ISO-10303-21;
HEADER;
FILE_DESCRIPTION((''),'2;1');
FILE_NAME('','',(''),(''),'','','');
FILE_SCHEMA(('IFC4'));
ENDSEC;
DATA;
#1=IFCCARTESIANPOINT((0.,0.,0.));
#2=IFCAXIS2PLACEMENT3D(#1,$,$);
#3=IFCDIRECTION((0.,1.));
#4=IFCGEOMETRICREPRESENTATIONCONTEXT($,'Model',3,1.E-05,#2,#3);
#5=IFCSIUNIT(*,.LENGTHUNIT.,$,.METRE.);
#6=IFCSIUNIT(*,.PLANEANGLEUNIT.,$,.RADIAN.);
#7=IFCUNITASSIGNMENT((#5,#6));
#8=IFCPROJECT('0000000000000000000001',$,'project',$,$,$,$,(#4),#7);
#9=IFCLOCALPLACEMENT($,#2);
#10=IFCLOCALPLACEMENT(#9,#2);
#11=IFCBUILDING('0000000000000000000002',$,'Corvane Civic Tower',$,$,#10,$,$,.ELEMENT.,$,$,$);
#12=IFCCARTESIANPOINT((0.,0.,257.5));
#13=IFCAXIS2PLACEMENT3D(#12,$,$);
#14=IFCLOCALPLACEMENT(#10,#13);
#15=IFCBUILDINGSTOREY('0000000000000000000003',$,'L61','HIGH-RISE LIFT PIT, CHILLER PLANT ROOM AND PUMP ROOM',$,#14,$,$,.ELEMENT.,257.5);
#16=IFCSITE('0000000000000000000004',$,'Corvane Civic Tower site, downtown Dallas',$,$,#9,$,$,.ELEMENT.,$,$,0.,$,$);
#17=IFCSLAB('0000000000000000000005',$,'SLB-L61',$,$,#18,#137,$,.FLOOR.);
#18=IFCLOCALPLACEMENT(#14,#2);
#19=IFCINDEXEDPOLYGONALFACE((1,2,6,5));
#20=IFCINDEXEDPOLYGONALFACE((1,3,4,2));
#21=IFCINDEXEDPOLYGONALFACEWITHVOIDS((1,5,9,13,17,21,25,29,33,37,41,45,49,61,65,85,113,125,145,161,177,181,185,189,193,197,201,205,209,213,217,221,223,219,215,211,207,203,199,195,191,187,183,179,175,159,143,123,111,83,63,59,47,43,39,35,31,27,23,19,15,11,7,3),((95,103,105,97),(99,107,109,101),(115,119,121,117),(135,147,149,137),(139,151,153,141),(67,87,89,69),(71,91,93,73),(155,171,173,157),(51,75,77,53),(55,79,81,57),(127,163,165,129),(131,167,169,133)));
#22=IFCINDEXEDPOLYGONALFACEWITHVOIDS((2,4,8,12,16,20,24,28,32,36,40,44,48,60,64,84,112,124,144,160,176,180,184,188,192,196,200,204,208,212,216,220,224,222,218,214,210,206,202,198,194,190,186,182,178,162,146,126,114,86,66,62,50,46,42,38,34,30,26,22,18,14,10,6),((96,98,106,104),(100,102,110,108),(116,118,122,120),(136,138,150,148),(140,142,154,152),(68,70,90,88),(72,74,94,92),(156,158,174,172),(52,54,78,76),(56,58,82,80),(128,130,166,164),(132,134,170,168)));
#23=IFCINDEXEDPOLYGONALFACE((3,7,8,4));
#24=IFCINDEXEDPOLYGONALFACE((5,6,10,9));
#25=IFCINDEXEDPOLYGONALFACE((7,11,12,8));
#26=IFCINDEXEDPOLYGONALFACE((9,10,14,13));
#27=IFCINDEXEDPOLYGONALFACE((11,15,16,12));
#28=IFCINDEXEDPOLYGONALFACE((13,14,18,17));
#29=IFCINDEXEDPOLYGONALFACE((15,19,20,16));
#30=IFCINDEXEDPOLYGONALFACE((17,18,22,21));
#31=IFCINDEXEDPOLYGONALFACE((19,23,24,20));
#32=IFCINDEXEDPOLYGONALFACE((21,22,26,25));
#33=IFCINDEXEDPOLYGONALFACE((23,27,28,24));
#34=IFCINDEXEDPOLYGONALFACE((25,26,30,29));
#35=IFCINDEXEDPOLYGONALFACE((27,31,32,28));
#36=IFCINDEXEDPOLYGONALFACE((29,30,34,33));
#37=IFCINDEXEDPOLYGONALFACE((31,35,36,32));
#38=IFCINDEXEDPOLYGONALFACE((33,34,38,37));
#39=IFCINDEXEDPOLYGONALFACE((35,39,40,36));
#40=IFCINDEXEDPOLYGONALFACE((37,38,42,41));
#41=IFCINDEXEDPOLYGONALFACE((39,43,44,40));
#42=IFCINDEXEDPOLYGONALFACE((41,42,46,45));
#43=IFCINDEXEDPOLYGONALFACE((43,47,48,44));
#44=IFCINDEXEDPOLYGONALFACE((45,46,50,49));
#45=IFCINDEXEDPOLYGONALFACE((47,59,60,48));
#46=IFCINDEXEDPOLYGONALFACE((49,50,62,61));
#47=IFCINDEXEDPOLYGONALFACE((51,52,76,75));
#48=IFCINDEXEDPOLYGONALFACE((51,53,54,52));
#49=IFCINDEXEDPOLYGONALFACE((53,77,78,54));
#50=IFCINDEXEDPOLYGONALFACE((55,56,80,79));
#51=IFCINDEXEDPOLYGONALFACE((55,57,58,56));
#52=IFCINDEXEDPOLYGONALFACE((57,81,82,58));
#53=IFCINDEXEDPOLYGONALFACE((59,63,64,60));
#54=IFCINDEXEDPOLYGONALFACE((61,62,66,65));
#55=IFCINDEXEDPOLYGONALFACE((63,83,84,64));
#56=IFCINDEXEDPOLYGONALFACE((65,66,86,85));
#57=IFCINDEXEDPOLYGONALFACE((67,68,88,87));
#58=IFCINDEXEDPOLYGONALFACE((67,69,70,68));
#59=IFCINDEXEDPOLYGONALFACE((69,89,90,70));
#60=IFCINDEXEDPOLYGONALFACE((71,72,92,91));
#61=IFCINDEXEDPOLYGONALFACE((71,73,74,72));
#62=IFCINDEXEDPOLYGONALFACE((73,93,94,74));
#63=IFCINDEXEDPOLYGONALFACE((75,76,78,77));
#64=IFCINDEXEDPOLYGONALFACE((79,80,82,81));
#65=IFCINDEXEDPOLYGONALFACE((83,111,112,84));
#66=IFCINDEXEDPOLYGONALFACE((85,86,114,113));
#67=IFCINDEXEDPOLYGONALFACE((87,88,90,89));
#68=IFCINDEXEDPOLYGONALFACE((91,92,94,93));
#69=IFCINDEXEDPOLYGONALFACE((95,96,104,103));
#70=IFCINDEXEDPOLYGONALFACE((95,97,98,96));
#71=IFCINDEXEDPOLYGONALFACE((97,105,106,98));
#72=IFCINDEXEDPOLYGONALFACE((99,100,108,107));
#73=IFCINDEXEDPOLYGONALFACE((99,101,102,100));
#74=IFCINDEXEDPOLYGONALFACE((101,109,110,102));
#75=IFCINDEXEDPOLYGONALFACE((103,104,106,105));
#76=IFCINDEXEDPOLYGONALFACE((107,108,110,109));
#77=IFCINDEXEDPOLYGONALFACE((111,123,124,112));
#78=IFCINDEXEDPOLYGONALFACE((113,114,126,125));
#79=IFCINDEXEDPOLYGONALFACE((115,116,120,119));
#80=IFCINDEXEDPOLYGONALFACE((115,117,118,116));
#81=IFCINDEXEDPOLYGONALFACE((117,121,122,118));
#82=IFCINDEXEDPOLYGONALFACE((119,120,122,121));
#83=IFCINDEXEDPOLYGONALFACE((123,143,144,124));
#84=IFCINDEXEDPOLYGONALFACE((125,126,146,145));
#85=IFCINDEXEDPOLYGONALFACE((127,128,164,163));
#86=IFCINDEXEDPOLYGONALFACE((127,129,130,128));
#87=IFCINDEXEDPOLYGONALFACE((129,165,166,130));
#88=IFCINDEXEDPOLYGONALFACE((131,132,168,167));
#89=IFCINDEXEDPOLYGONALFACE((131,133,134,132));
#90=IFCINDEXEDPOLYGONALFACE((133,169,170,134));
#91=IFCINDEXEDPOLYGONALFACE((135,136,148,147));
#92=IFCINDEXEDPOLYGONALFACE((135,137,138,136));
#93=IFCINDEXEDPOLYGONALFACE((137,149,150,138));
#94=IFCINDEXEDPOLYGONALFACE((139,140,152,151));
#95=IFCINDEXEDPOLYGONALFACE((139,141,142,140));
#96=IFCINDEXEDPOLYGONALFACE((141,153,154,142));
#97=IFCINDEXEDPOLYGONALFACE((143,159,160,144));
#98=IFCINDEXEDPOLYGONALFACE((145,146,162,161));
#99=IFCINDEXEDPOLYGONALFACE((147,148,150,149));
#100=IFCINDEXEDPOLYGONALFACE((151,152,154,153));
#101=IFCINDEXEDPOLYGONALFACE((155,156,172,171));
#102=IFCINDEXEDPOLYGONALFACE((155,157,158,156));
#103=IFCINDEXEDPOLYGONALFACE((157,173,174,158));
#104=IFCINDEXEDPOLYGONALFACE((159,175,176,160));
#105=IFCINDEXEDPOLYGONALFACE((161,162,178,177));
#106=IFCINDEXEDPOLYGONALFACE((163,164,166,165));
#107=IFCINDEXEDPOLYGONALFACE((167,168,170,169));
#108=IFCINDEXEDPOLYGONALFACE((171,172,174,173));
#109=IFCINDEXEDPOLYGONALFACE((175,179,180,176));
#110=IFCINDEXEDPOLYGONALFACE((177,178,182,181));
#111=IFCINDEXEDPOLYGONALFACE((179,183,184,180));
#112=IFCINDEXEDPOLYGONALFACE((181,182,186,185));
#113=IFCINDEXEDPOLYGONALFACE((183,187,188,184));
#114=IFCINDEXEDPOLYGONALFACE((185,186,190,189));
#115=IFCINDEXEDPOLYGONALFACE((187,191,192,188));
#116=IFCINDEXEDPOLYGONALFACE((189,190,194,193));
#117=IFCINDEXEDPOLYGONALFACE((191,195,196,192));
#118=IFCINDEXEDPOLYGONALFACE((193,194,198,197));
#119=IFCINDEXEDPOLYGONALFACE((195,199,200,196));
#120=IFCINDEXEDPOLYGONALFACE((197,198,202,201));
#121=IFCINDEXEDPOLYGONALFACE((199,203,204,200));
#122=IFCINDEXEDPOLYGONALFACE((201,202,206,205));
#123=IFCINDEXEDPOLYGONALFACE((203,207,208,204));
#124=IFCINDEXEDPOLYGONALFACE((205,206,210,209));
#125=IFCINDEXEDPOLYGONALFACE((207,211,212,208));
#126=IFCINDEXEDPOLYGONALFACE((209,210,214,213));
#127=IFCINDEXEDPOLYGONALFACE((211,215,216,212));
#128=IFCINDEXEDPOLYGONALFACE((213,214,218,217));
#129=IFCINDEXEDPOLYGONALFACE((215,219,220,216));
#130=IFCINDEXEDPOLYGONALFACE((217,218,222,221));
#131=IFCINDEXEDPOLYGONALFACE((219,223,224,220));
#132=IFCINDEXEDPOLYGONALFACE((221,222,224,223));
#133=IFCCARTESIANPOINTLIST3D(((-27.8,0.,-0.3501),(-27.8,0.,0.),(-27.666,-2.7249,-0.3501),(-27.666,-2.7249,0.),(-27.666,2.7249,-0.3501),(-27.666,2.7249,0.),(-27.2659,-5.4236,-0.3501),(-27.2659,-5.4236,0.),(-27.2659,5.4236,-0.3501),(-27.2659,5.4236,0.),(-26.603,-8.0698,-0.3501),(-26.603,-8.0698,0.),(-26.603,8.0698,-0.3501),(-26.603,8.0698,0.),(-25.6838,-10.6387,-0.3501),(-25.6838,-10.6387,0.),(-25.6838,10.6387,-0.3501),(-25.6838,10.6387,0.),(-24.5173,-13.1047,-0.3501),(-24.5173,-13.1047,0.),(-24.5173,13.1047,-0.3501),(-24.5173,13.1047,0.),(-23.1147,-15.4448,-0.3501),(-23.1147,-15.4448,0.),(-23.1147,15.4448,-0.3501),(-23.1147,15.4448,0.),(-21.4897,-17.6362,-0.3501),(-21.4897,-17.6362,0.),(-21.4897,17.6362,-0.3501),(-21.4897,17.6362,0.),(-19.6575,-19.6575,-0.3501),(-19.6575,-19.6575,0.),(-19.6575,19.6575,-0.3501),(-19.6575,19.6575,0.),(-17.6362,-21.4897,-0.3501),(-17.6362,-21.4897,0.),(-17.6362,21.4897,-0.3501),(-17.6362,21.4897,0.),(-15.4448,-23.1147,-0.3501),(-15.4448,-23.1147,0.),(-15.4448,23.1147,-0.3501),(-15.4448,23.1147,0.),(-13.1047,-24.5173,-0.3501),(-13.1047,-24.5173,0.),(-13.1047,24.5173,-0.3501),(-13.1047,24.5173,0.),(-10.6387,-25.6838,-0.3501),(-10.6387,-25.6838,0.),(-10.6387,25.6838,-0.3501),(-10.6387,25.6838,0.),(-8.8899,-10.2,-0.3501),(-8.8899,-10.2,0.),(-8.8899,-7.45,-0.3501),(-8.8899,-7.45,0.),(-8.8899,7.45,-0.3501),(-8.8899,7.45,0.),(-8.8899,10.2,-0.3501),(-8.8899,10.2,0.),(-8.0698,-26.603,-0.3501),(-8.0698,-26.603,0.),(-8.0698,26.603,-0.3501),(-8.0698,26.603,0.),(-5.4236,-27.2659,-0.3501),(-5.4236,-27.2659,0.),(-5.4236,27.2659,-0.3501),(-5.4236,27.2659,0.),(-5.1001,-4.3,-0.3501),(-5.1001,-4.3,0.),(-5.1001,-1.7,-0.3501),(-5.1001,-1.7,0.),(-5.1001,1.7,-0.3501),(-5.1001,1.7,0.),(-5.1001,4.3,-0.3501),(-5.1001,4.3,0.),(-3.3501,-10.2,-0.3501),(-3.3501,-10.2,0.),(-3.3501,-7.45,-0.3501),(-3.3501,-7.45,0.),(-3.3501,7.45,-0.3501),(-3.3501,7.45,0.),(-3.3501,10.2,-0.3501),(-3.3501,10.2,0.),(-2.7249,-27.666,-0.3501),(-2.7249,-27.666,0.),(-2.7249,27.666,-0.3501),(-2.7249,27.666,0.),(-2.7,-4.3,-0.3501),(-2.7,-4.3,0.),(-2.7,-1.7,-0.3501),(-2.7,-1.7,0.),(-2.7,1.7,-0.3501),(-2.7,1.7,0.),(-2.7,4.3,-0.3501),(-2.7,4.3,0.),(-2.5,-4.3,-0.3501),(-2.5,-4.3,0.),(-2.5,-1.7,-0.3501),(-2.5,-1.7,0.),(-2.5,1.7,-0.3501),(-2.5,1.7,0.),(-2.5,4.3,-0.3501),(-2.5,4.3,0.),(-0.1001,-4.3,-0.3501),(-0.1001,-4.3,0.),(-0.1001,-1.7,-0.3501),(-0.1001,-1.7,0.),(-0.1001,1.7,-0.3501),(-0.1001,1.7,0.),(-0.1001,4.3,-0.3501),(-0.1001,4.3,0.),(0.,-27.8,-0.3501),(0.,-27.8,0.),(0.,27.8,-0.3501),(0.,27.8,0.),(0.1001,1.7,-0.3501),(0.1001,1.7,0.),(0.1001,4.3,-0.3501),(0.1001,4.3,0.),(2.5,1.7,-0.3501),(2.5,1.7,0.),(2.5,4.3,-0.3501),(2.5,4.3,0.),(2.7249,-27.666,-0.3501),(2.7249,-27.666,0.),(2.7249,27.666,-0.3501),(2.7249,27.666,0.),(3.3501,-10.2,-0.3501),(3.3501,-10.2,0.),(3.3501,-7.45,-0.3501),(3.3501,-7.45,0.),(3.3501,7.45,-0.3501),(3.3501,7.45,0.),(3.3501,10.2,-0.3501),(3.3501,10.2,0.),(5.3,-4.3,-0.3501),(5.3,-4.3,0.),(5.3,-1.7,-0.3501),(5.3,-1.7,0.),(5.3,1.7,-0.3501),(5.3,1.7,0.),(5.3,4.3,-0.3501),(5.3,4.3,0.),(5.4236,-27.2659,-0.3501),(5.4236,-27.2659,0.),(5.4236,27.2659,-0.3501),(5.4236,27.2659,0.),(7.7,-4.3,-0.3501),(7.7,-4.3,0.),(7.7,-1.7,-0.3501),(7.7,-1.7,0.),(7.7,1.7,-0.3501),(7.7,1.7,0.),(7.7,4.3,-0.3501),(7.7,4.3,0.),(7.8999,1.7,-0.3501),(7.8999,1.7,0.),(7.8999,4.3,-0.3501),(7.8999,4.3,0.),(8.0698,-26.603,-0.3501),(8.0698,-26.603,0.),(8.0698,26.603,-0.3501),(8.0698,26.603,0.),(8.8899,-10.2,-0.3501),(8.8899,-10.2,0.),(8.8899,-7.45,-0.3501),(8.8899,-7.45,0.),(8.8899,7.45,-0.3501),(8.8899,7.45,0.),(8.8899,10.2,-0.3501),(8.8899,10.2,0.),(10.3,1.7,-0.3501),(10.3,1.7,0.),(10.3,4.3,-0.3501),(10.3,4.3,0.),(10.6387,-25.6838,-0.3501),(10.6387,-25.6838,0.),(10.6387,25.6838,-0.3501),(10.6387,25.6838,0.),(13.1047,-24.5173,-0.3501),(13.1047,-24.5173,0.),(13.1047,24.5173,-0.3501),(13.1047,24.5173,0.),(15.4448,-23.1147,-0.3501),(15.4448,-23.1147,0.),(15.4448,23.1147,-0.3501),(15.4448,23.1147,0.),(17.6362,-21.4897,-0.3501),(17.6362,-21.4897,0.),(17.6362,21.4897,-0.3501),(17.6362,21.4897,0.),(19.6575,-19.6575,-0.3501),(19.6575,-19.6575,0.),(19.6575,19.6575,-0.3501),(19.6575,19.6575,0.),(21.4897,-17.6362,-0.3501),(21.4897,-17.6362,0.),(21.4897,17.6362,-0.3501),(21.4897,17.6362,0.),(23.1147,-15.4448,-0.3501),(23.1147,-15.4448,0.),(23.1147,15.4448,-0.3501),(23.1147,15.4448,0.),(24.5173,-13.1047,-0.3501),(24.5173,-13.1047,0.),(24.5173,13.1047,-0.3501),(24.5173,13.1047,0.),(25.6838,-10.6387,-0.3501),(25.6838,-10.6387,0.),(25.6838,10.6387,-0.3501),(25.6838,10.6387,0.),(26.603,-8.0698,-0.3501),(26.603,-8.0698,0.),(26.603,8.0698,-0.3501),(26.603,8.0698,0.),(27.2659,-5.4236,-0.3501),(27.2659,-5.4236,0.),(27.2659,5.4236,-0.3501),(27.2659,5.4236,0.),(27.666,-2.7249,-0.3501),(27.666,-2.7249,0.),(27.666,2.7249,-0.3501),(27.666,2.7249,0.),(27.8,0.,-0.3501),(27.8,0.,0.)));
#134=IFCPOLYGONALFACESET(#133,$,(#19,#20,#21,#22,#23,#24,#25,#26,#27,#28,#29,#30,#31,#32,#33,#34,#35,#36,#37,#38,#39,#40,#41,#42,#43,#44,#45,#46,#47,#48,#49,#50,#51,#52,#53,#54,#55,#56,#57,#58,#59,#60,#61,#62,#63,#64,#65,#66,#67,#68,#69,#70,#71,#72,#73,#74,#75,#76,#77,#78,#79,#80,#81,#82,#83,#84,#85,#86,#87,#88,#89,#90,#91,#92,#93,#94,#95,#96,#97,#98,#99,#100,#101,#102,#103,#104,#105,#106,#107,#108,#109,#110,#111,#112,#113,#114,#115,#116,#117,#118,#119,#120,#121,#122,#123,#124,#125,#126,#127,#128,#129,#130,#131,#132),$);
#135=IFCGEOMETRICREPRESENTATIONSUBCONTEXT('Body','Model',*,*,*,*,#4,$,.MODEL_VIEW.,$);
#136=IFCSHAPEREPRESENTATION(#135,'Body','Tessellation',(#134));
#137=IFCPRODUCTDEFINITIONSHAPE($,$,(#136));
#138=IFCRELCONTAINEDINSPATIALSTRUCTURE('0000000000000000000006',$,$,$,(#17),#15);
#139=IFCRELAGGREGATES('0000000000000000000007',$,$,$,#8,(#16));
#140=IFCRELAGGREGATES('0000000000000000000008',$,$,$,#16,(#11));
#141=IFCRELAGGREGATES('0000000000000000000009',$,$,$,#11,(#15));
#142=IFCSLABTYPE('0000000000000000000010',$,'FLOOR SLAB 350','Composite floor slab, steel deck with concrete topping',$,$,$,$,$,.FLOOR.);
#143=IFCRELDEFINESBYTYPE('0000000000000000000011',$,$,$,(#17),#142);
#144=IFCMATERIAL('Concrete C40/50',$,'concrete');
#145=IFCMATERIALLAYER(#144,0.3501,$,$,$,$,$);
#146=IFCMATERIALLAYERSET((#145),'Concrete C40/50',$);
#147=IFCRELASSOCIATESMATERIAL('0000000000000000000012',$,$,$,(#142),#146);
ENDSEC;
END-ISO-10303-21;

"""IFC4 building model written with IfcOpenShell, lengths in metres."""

from ifc_helpers import new_model, si_unit, direction, frame, origin, place, context, subcontext, project, spatial, polyline, outline, extrude, material, layer, layer_set, type_object, element, save


model = new_model("IFC4")

# Units and contexts
model_context = context("Model", 3, precision=1e-05, world=origin(), true_north=direction((0.0, 1.0)))
body_context = subcontext(model_context, "Body", "Model", "MODEL_VIEW")
ifc_project = project(units=[si_unit("LENGTHUNIT", "METRE"), si_unit("PLANEANGLEUNIT", "RADIAN")], contexts=[model_context])

# Site, building, storey
site_placement = place(None, origin())
site = spatial("IfcSite", under=ifc_project, at=site_placement, Name="Corvane Civic Tower site, downtown Dallas", CompositionType="ELEMENT", RefElevation=0.0)
building_placement = place(site_placement, origin())
building = spatial("IfcBuilding", under=site, at=building_placement, Name="Corvane Civic Tower", CompositionType="ELEMENT")
storey_placement = place(building_placement, frame((0.0, 0.0, 257.5)))
storey = spatial("IfcBuildingStorey", under=building, at=storey_placement, Name="L61", Description="HIGH-RISE LIFT PIT, CHILLER PLANT ROOM AND PUMP ROOM", CompositionType="ELEMENT", Elevation=257.5)

# Slab
ifc_material_1 = material(Name="Concrete C40/50", Category="concrete")
ifc_layer_1 = layer(ifc_material_1, 0.3501)
ifc_layer_set_1 = layer_set([ifc_layer_1], Name="Concrete C40/50")
slab_type_1 = type_object("IfcSlabType", Name="FLOOR SLAB 350", Description="Composite floor slab, steel deck with concrete topping", PredefinedType="FLOOR", material=ifc_layer_set_1)
slab_1_placement = place(storey_placement, frame((0.0, 0.0, -0.3501)))
element("IfcSlab", 1, at=slab_1_placement, inside=storey, type_object=slab_type_1, Name="SLB-L61", PredefinedType="FLOOR", context=body_context, shape_type="SweptSolid", body=[
    extrude(outline(polyline([(0.0, 27.8), (-2.7249, 27.666), (-5.4236, 27.2659), (-8.0698, 26.603), (-10.6387, 25.6838), (-13.1047, 24.5173), (-15.4448, 23.1147), (-17.6362, 21.4897), (-19.6575, 19.6575), (-21.4897, 17.6362), (-23.1147, 15.4448), (-24.5173, 13.1047), (-25.6838, 10.6387), (-26.603, 8.0698), (-27.2659, 5.4236), (-27.666, 2.7249), (-27.8, 0.0), (-27.666, -2.7249), (-27.2659, -5.4236), (-26.603, -8.0698), (-25.6838, -10.6387), (-24.5173, -13.1047), (-23.1147, -15.4448), (-21.4897, -17.6362), (-19.6575, -19.6575), (-17.6362, -21.4897), (-15.4448, -23.1147), (-13.1047, -24.5173), (-10.6387, -25.6838), (-8.0698, -26.603), (-5.4236, -27.2659), (-2.7249, -27.666), (0.0, -27.8), (2.7249, -27.666), (5.4236, -27.2659), (8.0698, -26.603), (10.6387, -25.6838), (13.1047, -24.5173), (15.4448, -23.1147), (17.6362, -21.4897), (19.6575, -19.6575), (21.4897, -17.6362), (23.1147, -15.4448), (24.5173, -13.1047), (25.6838, -10.6387), (26.603, -8.0698), (27.2659, -5.4236), (27.666, -2.7249), (27.8, 0.0), (27.666, 2.7249), (27.2659, 5.4236), (26.603, 8.0698), (25.6838, 10.6387), (24.5173, 13.1047), (23.1147, 15.4448), (21.4897, 17.6362), (19.6575, 19.6575), (17.6362, 21.4897), (15.4448, 23.1147), (13.1047, 24.5173), (10.6387, 25.6838), (8.0698, 26.603), (5.4236, 27.2659), (2.7249, 27.666), (0.0, 27.8)]), holes=[polyline([(-2.7, 1.7), (-5.1001, 1.7), (-5.1001, 4.3), (-2.7, 4.3), (-2.7, 1.7)]), polyline([(-2.5, 4.3), (-0.1001, 4.3), (-0.1001, 1.7), (-2.5, 1.7), (-2.5, 4.3)]), polyline([(2.5, 1.7), (0.1001, 1.7), (0.1001, 4.3), (2.5, 4.3), (2.5, 1.7)]), polyline([(5.3, 4.3), (7.7, 4.3), (7.7, 1.7), (5.3, 1.7), (5.3, 4.3)]), polyline([(7.8999, 4.3), (10.3, 4.3), (10.3, 1.7), (7.8999, 1.7), (7.8999, 4.3)]), polyline([(-5.1001, -1.7), (-2.7, -1.7), (-2.7, -4.3), (-5.1001, -4.3), (-5.1001, -1.7)]), polyline([(-2.5, -1.7), (-0.1001, -1.7), (-0.1001, -4.3), (-2.5, -4.3), (-2.5, -1.7)]), polyline([(5.3, -4.3), (5.3, -1.7), (7.7, -1.7), (7.7, -4.3), (5.3, -4.3)]), polyline([(8.8899, 10.2), (8.8899, 7.45), (3.3501, 7.45), (3.3501, 10.2), (8.8899, 10.2)]), polyline([(-8.8899, 7.45), (-8.8899, 10.2), (-3.3501, 10.2), (-3.3501, 7.45), (-8.8899, 7.45)]), polyline([(8.8899, -7.45), (8.8899, -10.2), (3.3501, -10.2), (3.3501, -7.45), (8.8899, -7.45)]), polyline([(-8.8899, -10.2), (-8.8899, -7.45), (-3.3501, -7.45), (-3.3501, -10.2), (-8.8899, -10.2)])]), origin(), (0.0, 0.0, 1.0), 0.3501),
])

save(model, "model.ifc")
